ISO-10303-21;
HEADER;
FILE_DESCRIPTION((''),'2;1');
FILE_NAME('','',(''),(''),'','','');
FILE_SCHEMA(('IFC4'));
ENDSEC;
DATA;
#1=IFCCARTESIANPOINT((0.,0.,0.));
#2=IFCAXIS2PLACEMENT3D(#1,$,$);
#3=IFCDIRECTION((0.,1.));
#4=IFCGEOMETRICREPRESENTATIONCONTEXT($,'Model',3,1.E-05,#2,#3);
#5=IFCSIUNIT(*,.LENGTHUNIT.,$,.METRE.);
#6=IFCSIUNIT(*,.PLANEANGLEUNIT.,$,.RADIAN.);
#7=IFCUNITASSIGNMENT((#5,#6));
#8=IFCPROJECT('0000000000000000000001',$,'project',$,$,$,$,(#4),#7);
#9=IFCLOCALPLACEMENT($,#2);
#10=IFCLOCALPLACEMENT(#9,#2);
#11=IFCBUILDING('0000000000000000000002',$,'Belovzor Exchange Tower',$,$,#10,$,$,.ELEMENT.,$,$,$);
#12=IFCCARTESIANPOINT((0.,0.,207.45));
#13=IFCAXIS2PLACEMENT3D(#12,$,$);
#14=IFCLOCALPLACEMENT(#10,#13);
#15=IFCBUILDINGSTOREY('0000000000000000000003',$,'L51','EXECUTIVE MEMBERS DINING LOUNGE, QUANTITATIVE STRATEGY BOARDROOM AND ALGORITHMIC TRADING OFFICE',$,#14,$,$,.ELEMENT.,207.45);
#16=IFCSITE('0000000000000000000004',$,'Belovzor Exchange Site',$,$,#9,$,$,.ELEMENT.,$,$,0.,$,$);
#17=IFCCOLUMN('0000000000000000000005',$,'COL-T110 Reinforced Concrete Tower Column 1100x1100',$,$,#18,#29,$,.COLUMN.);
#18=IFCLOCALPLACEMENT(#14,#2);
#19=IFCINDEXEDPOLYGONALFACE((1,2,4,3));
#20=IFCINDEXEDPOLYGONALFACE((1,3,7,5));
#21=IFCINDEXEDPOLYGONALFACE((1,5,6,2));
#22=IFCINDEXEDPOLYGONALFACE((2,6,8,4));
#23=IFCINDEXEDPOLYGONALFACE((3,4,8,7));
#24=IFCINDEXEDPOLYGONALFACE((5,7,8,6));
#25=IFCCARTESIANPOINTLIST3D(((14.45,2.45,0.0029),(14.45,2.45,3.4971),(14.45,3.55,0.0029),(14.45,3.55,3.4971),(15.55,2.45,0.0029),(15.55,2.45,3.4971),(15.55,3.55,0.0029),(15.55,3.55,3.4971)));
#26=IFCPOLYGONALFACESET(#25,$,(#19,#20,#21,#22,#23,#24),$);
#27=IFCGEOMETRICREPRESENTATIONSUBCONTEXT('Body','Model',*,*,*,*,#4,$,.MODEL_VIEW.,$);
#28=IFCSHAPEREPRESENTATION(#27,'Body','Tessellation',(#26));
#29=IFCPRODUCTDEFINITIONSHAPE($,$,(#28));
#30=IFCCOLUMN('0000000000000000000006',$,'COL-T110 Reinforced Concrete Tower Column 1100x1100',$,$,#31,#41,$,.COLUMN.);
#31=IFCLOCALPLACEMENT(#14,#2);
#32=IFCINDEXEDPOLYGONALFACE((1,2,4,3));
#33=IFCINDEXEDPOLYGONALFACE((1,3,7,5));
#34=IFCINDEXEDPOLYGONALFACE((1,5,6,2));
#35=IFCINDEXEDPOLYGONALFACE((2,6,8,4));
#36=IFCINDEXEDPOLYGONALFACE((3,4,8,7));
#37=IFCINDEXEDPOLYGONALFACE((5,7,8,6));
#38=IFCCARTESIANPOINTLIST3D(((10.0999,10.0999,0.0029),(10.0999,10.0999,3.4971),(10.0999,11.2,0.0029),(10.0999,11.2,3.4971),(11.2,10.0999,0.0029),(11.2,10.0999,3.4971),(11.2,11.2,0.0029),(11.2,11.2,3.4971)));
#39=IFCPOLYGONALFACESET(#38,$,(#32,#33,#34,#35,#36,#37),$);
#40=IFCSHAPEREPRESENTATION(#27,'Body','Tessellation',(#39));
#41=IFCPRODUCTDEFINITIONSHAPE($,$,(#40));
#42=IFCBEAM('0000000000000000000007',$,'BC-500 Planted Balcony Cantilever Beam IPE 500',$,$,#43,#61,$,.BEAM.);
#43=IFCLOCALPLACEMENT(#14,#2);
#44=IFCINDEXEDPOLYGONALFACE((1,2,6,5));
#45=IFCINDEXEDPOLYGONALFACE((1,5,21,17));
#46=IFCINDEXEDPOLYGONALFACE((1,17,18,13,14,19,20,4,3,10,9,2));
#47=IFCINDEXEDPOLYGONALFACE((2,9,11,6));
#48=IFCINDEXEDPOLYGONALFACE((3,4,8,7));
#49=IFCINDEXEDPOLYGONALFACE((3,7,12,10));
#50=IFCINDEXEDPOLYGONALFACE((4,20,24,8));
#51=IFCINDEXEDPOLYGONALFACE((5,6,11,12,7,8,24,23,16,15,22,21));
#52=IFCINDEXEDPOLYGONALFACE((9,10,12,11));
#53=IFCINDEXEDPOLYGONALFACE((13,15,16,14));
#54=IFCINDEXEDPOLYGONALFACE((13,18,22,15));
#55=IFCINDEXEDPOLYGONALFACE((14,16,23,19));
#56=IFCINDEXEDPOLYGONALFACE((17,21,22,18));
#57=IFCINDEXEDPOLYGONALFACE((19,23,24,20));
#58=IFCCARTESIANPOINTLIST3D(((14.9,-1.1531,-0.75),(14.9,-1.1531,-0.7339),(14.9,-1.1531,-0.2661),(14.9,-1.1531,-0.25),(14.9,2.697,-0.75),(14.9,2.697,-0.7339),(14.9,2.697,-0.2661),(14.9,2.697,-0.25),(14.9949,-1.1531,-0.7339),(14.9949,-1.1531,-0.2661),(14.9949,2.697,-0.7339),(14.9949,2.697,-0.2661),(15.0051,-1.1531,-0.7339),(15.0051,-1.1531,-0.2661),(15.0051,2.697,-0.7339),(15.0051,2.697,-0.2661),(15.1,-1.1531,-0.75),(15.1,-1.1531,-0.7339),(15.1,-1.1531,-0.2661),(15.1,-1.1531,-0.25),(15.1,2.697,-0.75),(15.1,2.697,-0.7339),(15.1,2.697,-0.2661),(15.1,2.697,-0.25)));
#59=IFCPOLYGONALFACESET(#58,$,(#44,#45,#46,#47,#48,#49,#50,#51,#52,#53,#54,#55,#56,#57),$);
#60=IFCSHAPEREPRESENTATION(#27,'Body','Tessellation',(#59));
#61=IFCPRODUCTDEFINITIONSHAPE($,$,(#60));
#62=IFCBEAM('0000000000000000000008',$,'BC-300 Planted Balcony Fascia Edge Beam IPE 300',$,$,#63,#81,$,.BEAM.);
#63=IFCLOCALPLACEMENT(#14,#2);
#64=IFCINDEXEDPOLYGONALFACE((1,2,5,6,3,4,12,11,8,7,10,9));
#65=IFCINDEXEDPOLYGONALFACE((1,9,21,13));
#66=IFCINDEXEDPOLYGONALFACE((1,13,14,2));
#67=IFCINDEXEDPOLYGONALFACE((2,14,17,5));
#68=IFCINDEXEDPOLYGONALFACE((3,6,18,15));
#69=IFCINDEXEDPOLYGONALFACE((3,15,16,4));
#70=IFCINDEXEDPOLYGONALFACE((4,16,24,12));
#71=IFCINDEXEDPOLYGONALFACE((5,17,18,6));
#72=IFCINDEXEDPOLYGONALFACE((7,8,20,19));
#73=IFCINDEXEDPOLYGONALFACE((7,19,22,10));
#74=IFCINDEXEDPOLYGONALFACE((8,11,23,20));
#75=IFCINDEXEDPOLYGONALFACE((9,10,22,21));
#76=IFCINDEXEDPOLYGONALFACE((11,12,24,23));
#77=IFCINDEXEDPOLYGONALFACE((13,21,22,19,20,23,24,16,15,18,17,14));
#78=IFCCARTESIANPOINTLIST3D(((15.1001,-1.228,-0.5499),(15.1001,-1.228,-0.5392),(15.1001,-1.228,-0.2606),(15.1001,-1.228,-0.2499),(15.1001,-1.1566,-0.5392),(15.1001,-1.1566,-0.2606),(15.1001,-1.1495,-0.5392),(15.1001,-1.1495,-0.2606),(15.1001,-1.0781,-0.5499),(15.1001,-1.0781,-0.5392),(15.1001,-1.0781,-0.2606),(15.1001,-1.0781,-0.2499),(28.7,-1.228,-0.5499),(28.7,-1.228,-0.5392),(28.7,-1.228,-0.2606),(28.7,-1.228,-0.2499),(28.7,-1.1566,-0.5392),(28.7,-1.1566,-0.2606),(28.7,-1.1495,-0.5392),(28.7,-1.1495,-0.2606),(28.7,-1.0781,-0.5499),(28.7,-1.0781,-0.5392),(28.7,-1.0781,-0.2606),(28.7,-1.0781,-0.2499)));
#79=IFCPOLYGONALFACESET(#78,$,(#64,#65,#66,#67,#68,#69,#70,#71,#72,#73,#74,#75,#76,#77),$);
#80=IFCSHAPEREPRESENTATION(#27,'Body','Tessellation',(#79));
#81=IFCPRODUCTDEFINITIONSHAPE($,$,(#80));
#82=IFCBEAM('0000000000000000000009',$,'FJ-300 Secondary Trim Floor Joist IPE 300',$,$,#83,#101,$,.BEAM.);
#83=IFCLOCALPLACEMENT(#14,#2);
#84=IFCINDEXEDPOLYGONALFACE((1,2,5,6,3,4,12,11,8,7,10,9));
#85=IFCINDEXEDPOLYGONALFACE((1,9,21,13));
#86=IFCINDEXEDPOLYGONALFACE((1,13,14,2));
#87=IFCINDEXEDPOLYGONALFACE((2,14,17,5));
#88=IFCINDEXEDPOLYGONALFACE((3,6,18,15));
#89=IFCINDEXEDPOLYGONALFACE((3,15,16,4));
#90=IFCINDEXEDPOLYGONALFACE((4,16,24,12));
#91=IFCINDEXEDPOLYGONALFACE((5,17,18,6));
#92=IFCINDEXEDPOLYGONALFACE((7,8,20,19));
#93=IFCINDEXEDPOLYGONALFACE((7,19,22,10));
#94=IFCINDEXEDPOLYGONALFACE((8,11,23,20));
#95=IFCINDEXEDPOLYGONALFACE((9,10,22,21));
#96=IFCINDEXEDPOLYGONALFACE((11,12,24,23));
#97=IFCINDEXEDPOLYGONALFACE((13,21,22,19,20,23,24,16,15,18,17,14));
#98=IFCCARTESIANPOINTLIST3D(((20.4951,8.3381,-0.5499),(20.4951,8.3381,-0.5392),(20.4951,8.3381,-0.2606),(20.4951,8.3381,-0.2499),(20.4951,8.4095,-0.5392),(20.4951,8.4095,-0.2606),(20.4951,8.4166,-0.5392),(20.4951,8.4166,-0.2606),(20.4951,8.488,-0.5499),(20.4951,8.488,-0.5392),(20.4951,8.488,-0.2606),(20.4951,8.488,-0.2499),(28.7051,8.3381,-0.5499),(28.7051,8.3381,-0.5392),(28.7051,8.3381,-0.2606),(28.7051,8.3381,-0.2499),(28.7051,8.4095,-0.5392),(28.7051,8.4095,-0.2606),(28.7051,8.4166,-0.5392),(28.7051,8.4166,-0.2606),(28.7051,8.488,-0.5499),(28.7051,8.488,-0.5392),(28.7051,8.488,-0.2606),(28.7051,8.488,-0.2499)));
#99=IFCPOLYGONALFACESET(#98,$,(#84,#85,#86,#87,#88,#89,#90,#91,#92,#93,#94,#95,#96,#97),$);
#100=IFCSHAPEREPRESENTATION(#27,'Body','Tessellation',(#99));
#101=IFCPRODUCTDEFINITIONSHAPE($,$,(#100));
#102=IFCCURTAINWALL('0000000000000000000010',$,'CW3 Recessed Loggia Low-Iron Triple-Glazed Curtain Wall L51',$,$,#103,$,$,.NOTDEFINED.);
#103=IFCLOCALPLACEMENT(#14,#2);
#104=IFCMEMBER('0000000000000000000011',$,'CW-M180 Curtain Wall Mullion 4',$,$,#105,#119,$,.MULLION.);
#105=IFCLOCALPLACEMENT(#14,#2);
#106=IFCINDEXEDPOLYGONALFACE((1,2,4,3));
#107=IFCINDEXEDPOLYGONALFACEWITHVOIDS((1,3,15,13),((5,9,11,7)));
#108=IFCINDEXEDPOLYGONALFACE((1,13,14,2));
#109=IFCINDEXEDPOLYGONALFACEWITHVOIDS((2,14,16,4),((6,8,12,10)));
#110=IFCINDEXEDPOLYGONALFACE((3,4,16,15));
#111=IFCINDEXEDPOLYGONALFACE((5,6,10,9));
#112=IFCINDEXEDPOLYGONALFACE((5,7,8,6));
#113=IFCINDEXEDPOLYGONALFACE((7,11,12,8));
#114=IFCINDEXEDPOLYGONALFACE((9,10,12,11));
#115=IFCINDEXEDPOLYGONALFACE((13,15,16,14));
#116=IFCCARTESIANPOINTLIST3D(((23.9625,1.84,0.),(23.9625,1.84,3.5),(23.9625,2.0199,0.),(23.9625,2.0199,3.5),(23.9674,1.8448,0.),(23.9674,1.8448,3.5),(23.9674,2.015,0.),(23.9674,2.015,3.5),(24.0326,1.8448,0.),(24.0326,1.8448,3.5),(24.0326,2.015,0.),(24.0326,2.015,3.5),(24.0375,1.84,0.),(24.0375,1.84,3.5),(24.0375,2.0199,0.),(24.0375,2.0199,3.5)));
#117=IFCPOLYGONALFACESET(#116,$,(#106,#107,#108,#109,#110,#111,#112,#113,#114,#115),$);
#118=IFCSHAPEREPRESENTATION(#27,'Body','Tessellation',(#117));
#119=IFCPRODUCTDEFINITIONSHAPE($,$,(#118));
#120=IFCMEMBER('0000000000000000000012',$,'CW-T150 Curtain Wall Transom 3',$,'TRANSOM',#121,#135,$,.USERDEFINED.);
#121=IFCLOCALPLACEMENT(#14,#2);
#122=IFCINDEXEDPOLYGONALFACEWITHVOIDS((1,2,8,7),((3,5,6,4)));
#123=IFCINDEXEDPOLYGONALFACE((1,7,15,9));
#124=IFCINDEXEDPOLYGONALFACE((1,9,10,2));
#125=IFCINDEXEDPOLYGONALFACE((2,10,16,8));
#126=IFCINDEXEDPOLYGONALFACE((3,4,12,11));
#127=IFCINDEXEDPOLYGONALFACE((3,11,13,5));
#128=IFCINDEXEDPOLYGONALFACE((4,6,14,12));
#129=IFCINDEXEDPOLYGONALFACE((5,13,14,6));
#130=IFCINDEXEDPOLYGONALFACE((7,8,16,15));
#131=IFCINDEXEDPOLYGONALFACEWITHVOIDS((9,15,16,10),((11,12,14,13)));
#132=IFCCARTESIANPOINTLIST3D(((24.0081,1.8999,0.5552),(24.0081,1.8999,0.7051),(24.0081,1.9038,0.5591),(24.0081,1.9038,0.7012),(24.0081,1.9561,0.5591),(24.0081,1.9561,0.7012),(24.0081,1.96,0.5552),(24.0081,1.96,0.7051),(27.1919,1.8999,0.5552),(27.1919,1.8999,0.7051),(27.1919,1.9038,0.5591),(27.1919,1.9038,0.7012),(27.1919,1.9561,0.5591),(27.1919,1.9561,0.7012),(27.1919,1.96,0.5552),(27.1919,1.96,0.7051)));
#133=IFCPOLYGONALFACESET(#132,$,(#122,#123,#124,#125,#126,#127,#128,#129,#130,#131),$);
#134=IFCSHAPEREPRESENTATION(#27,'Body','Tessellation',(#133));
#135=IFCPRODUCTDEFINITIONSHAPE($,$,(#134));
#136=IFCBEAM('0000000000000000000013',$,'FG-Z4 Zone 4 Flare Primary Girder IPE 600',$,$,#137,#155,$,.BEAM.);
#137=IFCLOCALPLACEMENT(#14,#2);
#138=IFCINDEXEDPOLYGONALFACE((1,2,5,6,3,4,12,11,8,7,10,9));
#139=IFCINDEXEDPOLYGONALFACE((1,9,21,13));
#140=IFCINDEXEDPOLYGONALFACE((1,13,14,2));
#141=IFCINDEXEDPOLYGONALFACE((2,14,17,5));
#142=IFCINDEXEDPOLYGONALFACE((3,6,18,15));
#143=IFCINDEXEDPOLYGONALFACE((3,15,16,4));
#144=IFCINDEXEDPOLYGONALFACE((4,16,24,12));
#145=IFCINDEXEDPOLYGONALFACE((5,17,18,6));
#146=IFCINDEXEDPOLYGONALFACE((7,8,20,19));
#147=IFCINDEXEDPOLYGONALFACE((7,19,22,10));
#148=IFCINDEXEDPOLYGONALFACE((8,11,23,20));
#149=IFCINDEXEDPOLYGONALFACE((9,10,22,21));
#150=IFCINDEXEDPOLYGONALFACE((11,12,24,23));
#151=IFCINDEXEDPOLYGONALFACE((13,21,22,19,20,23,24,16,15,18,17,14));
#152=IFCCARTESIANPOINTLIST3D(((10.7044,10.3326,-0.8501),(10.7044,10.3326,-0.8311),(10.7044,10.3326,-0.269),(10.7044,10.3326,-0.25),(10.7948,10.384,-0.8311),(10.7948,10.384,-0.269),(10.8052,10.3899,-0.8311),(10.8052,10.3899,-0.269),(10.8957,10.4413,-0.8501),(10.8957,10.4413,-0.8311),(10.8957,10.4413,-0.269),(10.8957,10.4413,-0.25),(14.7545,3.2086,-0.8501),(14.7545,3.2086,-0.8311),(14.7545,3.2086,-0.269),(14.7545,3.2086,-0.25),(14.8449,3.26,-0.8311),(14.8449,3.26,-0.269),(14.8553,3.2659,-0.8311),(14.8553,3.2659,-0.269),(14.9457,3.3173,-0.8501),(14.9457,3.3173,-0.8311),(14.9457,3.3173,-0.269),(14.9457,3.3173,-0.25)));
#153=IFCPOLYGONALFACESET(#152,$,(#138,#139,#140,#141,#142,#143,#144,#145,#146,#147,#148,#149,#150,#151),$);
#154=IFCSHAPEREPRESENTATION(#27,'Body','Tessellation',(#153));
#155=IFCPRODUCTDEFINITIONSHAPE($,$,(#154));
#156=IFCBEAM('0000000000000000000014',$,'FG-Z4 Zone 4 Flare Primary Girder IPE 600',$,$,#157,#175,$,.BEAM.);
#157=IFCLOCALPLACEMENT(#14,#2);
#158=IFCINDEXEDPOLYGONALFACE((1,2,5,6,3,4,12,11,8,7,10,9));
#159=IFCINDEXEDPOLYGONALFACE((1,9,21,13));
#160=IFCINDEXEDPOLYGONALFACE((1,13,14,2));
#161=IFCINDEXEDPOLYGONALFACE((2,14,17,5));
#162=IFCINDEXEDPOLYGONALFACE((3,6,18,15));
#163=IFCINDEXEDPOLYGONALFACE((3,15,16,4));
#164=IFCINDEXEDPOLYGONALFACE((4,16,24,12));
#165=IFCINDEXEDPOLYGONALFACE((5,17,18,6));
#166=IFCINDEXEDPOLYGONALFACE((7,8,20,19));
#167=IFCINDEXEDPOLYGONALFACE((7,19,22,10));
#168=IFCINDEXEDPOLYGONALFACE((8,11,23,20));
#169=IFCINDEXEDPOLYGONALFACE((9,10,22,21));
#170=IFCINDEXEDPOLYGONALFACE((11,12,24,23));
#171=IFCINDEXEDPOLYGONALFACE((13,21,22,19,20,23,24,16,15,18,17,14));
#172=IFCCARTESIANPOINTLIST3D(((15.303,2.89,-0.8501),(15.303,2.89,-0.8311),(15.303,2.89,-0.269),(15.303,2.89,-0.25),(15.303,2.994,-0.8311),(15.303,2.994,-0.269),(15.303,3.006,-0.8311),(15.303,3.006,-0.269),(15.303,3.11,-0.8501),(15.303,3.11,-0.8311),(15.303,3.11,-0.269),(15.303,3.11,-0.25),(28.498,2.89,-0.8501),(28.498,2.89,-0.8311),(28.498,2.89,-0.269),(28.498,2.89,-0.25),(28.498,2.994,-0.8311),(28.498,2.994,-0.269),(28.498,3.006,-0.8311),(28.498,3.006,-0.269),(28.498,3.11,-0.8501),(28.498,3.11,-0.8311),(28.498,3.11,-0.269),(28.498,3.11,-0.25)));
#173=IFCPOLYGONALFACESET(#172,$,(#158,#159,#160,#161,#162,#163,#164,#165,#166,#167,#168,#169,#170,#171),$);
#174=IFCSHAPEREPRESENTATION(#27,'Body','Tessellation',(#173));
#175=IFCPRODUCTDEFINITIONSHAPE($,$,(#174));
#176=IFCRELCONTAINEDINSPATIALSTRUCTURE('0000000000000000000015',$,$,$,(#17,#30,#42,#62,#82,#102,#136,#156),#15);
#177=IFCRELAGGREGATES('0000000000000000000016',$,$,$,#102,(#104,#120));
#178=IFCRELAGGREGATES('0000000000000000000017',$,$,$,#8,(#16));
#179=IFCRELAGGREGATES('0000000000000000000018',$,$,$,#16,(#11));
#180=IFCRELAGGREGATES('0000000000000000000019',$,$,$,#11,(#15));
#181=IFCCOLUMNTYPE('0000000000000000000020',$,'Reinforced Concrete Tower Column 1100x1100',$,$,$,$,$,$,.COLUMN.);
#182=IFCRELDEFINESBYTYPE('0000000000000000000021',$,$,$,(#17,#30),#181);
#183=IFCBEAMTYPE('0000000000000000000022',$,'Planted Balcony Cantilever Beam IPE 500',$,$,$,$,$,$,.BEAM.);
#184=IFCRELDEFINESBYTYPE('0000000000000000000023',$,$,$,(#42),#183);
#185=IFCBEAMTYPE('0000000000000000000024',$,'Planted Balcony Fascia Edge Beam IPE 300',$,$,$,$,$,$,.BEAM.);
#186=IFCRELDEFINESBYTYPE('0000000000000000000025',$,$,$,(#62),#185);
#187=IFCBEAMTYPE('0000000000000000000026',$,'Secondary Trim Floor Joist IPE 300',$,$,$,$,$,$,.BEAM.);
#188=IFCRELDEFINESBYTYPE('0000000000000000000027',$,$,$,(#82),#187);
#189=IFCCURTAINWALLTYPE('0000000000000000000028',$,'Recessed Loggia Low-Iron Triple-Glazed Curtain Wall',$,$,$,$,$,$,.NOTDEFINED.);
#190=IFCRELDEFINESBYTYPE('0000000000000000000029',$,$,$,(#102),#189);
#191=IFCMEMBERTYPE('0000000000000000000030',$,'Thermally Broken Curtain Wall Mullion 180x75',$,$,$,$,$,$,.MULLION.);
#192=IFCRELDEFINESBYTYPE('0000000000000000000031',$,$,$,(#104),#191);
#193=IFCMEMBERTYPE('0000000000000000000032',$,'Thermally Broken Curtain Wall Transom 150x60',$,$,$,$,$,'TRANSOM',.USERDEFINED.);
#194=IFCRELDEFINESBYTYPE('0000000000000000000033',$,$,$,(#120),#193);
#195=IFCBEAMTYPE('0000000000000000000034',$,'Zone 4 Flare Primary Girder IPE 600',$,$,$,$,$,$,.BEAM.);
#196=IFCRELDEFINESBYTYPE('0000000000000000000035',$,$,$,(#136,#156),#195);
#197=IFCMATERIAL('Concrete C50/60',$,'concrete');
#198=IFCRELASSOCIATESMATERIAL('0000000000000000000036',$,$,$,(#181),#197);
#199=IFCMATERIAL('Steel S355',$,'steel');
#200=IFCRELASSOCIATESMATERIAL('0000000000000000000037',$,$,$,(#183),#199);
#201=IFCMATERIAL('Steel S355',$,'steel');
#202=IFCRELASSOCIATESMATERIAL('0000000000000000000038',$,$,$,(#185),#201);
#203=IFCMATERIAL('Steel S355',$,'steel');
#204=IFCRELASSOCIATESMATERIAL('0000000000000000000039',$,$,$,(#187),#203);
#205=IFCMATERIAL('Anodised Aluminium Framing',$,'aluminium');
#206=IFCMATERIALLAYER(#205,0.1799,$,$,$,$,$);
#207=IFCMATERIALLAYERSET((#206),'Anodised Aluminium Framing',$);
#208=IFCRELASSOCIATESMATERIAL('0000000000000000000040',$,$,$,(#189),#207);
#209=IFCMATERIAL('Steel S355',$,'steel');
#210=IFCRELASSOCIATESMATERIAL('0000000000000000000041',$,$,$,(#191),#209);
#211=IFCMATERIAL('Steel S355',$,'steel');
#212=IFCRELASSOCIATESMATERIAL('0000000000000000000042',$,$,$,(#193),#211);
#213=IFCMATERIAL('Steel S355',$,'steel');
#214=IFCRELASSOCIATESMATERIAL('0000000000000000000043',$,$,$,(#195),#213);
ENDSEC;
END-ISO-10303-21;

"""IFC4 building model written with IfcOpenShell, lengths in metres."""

from ifc_helpers import new_model, si_unit, direction, frame, origin, origin_2d, place, context, subcontext, project, spatial, rectangle, hollow_rectangle, i_section, extrude, material, layer, layer_set, material_profile, profile_set, type_object, element, aggregate, save


model = new_model("IFC4")

# Units and contexts
model_context = context("Model", 3, precision=1e-05, world=origin(), true_north=direction((0.0, 1.0)))
body_context = subcontext(model_context, "Body", "Model", "MODEL_VIEW")
ifc_project = project(units=[si_unit("LENGTHUNIT", "METRE"), si_unit("PLANEANGLEUNIT", "RADIAN")], contexts=[model_context])

# Site, building, storey
site_placement = place(None, origin())
site = spatial("IfcSite", under=ifc_project, at=site_placement, Name="Belovzor Exchange Site", CompositionType="ELEMENT", RefElevation=0.0)
building_placement = place(site_placement, origin())
building = spatial("IfcBuilding", under=site, at=building_placement, Name="Belovzor Exchange Tower", CompositionType="ELEMENT")
storey_placement = place(building_placement, frame((0.0, 0.0, 207.45)))
storey = spatial("IfcBuildingStorey", under=building, at=storey_placement, Name="L51", Description="EXECUTIVE MEMBERS DINING LOUNGE, QUANTITATIVE STRATEGY BOARDROOM AND ALGORITHMIC TRADING OFFICE", CompositionType="ELEMENT", Elevation=207.45)

# Columns
ifc_material_1 = material(Name="Concrete C50/60", Category="concrete")
ifc_material_profile_1 = material_profile(ifc_material_1, rectangle(XDim=1.1001, YDim=1.1001, at=origin_2d()))
ifc_profile_set_1 = profile_set([ifc_material_profile_1], Name="Concrete C50/60")
column_type = type_object("IfcColumnType", Name="Reinforced Concrete Tower Column 1100x1100", PredefinedType="COLUMN", material=ifc_profile_set_1)
for number, where, z_axis, x_axis, name in (
    (1, (15.0, 3.0, 0.0029), (0.0, 0.0, 1.0), (1.0, 0.0, 0.0), "COL-T110 Reinforced Concrete Tower Column 1100x1100"),
    (2, (10.6499, 10.6499, 0.0029), (0.0, 0.0, 1.0), (1.0, 0.0, 0.0), "COL-T110 Reinforced Concrete Tower Column 1100x1100"),
):
    element("IfcColumn", number, at=place(storey_placement, frame(where, z_axis=z_axis, x_axis=x_axis)), inside=storey, type_object=column_type, Name=name, PredefinedType="COLUMN", context=body_context, shape_type="SweptSolid", body=[
        extrude(rectangle(XDim=1.1001, YDim=1.1001, at=origin_2d()), origin(), (0.0, 0.0, 1.0), 3.4941),
    ])

# Beams
ifc_material_2 = material(Name="Steel S355", Category="steel")
ifc_material_profile_2 = material_profile(ifc_material_2, i_section(OverallWidth=0.2, OverallDepth=0.5, WebThickness=0.0103, FlangeThickness=0.0161, at=origin_2d()))
ifc_profile_set_2 = profile_set([ifc_material_profile_2], Name="Steel S355")
beam_type_1 = type_object("IfcBeamType", Name="Planted Balcony Cantilever Beam IPE 500", PredefinedType="BEAM", material=ifc_profile_set_2)
beam_1_placement = place(storey_placement, frame((15.0, 2.697, -0.5), z_axis=(0.0, -1.0, 0.0), x_axis=(1.0, 0.0, 0.0)))
element("IfcBeam", 3, at=beam_1_placement, inside=storey, type_object=beam_type_1, Name="BC-500 Planted Balcony Cantilever Beam IPE 500", PredefinedType="BEAM", context=body_context, shape_type="SweptSolid", body=[
    extrude(i_section(OverallWidth=0.2, OverallDepth=0.5, WebThickness=0.0103, FlangeThickness=0.0161, at=origin_2d()), origin(), (0.0, 0.0, 1.0), 3.8501),
])
ifc_material_3 = material(Name="Steel S355", Category="steel")
ifc_material_profile_3 = material_profile(ifc_material_3, i_section(OverallWidth=0.1499, OverallDepth=0.3, WebThickness=0.0071, FlangeThickness=0.0107, at=origin_2d()))
ifc_profile_set_3 = profile_set([ifc_material_profile_3], Name="Steel S355")
beam_type_2 = type_object("IfcBeamType", Name="Planted Balcony Fascia Edge Beam IPE 300", PredefinedType="BEAM", material=ifc_profile_set_3)
beam_2_placement = place(storey_placement, frame((15.1001, -1.1531, -0.3999), z_axis=(1.0, 0.0, 0.0), x_axis=(0.0, 1.0, 0.0)))
element("IfcBeam", 4, at=beam_2_placement, inside=storey, type_object=beam_type_2, Name="BC-300 Planted Balcony Fascia Edge Beam IPE 300", PredefinedType="BEAM", context=body_context, shape_type="SweptSolid", body=[
    extrude(i_section(OverallWidth=0.1499, OverallDepth=0.3, WebThickness=0.0071, FlangeThickness=0.0107, at=origin_2d()), origin(), (0.0, 0.0, 1.0), 13.5999),
])
ifc_material_4 = material(Name="Steel S355", Category="steel")
ifc_material_profile_4 = material_profile(ifc_material_4, i_section(OverallWidth=0.1499, OverallDepth=0.3, WebThickness=0.0071, FlangeThickness=0.0107, at=origin_2d()))
ifc_profile_set_4 = profile_set([ifc_material_profile_4], Name="Steel S355")
beam_type_3 = type_object("IfcBeamType", Name="Secondary Trim Floor Joist IPE 300", PredefinedType="BEAM", material=ifc_profile_set_4)
beam_3_placement = place(storey_placement, frame((20.4951, 8.4131, -0.3999), z_axis=(1.0, 0.0, 0.0), x_axis=(0.0, 1.0, 0.0)))
element("IfcBeam", 5, at=beam_3_placement, inside=storey, type_object=beam_type_3, Name="FJ-300 Secondary Trim Floor Joist IPE 300", PredefinedType="BEAM", context=body_context, shape_type="SweptSolid", body=[
    extrude(i_section(OverallWidth=0.1499, OverallDepth=0.3, WebThickness=0.0071, FlangeThickness=0.0107, at=origin_2d()), origin(), (0.0, 0.0, 1.0), 8.21),
])

# Curtain wall, members
ifc_material_5 = material(Name="Anodised Aluminium Framing", Category="aluminium")
ifc_layer_1 = layer(ifc_material_5, 0.1799)
ifc_layer_set_1 = layer_set([ifc_layer_1], Name="Anodised Aluminium Framing")
curtain_wall_type = type_object("IfcCurtainWallType", Name="Recessed Loggia Low-Iron Triple-Glazed Curtain Wall", PredefinedType="NOTDEFINED", material=ifc_layer_set_1)
curtain_wall_placement = place(storey_placement, origin())
curtain_wall = element("IfcCurtainWall", 6, at=curtain_wall_placement, inside=storey, type_object=curtain_wall_type, Name="CW3 Recessed Loggia Low-Iron Triple-Glazed Curtain Wall L51", PredefinedType="NOTDEFINED")
ifc_material_6 = material(Name="Steel S355", Category="steel")
ifc_material_profile_5 = material_profile(ifc_material_6, hollow_rectangle(XDim=0.075, YDim=0.1799, WallThickness=0.0049, at=origin_2d()))
ifc_profile_set_5 = profile_set([ifc_material_profile_5], Name="Steel S355")
member_type_1 = type_object("IfcMemberType", Name="Thermally Broken Curtain Wall Mullion 180x75", PredefinedType="MULLION", material=ifc_profile_set_5)
member_1_placement = place(storey_placement, frame((24.0, 1.9299, 0.0), z_axis=(0.0, 0.0, 1.0), x_axis=(-1.0, 0.0, 0.0)))
member_1 = element("IfcMember", 7, at=member_1_placement, type_object=member_type_1, Name="CW-M180 Curtain Wall Mullion 4", PredefinedType="MULLION", context=body_context, shape_type="SweptSolid", body=[
    extrude(hollow_rectangle(XDim=0.075, YDim=0.1799, WallThickness=0.0049, at=origin_2d()), origin(), (0.0, 0.0, 1.0), 3.5),
])
ifc_material_7 = material(Name="Steel S355", Category="steel")
ifc_material_profile_6 = material_profile(ifc_material_7, hollow_rectangle(XDim=0.0601, YDim=0.1499, WallThickness=0.0039, at=origin_2d()))
ifc_profile_set_6 = profile_set([ifc_material_profile_6], Name="Steel S355")
member_type_2 = type_object("IfcMemberType", Name="Thermally Broken Curtain Wall Transom 150x60", ElementType="TRANSOM", PredefinedType="USERDEFINED", material=ifc_profile_set_6)
member_2_placement = place(storey_placement, frame((27.1919, 1.9299, 0.6301), z_axis=(-1.0, 0.0, 0.0), x_axis=(0.0, -1.0, 0.0)))
member_2 = element("IfcMember", 8, at=member_2_placement, type_object=member_type_2, Name="CW-T150 Curtain Wall Transom 3", ObjectType="TRANSOM", PredefinedType="USERDEFINED", context=body_context, shape_type="SweptSolid", body=[
    extrude(hollow_rectangle(XDim=0.0601, YDim=0.1499, WallThickness=0.0039, at=origin_2d()), origin(), (0.0, 0.0, 1.0), 3.1838),
])

# Beams
ifc_material_8 = material(Name="Steel S355", Category="steel")
ifc_material_profile_7 = material_profile(ifc_material_8, i_section(OverallWidth=0.22, OverallDepth=0.6001, WebThickness=0.012, FlangeThickness=0.019, at=origin_2d()))
ifc_profile_set_7 = profile_set([ifc_material_profile_7], Name="Steel S355")
beam_type_4 = type_object("IfcBeamType", Name="Zone 4 Flare Primary Girder IPE 600", PredefinedType="BEAM", material=ifc_profile_set_7)
beam_4_placement = place(storey_placement, frame((10.8, 10.387, -0.55), z_axis=(0.494222, -0.869336, 0.0), x_axis=(0.869336, 0.494222, 0.0)))
element("IfcBeam", 9, at=beam_4_placement, inside=storey, type_object=beam_type_4, Name="FG-Z4 Zone 4 Flare Primary Girder IPE 600", PredefinedType="BEAM", context=body_context, shape_type="SweptSolid", body=[
    extrude(i_section(OverallWidth=0.22, OverallDepth=0.6001, WebThickness=0.012, FlangeThickness=0.019, at=origin_2d()), origin(), (0.0, 0.0, 1.0), 8.1948),
])
beam_5_placement = place(storey_placement, frame((15.303, 3.0, -0.55), z_axis=(1.0, 0.0, 0.0), x_axis=(0.0, 1.0, 0.0)))
element("IfcBeam", 10, at=beam_5_placement, inside=storey, type_object=beam_type_4, Name="FG-Z4 Zone 4 Flare Primary Girder IPE 600", PredefinedType="BEAM", context=body_context, shape_type="SweptSolid", body=[
    extrude(i_section(OverallWidth=0.22, OverallDepth=0.6001, WebThickness=0.012, FlangeThickness=0.019, at=origin_2d()), origin(), (0.0, 0.0, 1.0), 13.1951),
])

aggregate(curtain_wall, [member_1, member_2])

save(model, "model.ifc")
